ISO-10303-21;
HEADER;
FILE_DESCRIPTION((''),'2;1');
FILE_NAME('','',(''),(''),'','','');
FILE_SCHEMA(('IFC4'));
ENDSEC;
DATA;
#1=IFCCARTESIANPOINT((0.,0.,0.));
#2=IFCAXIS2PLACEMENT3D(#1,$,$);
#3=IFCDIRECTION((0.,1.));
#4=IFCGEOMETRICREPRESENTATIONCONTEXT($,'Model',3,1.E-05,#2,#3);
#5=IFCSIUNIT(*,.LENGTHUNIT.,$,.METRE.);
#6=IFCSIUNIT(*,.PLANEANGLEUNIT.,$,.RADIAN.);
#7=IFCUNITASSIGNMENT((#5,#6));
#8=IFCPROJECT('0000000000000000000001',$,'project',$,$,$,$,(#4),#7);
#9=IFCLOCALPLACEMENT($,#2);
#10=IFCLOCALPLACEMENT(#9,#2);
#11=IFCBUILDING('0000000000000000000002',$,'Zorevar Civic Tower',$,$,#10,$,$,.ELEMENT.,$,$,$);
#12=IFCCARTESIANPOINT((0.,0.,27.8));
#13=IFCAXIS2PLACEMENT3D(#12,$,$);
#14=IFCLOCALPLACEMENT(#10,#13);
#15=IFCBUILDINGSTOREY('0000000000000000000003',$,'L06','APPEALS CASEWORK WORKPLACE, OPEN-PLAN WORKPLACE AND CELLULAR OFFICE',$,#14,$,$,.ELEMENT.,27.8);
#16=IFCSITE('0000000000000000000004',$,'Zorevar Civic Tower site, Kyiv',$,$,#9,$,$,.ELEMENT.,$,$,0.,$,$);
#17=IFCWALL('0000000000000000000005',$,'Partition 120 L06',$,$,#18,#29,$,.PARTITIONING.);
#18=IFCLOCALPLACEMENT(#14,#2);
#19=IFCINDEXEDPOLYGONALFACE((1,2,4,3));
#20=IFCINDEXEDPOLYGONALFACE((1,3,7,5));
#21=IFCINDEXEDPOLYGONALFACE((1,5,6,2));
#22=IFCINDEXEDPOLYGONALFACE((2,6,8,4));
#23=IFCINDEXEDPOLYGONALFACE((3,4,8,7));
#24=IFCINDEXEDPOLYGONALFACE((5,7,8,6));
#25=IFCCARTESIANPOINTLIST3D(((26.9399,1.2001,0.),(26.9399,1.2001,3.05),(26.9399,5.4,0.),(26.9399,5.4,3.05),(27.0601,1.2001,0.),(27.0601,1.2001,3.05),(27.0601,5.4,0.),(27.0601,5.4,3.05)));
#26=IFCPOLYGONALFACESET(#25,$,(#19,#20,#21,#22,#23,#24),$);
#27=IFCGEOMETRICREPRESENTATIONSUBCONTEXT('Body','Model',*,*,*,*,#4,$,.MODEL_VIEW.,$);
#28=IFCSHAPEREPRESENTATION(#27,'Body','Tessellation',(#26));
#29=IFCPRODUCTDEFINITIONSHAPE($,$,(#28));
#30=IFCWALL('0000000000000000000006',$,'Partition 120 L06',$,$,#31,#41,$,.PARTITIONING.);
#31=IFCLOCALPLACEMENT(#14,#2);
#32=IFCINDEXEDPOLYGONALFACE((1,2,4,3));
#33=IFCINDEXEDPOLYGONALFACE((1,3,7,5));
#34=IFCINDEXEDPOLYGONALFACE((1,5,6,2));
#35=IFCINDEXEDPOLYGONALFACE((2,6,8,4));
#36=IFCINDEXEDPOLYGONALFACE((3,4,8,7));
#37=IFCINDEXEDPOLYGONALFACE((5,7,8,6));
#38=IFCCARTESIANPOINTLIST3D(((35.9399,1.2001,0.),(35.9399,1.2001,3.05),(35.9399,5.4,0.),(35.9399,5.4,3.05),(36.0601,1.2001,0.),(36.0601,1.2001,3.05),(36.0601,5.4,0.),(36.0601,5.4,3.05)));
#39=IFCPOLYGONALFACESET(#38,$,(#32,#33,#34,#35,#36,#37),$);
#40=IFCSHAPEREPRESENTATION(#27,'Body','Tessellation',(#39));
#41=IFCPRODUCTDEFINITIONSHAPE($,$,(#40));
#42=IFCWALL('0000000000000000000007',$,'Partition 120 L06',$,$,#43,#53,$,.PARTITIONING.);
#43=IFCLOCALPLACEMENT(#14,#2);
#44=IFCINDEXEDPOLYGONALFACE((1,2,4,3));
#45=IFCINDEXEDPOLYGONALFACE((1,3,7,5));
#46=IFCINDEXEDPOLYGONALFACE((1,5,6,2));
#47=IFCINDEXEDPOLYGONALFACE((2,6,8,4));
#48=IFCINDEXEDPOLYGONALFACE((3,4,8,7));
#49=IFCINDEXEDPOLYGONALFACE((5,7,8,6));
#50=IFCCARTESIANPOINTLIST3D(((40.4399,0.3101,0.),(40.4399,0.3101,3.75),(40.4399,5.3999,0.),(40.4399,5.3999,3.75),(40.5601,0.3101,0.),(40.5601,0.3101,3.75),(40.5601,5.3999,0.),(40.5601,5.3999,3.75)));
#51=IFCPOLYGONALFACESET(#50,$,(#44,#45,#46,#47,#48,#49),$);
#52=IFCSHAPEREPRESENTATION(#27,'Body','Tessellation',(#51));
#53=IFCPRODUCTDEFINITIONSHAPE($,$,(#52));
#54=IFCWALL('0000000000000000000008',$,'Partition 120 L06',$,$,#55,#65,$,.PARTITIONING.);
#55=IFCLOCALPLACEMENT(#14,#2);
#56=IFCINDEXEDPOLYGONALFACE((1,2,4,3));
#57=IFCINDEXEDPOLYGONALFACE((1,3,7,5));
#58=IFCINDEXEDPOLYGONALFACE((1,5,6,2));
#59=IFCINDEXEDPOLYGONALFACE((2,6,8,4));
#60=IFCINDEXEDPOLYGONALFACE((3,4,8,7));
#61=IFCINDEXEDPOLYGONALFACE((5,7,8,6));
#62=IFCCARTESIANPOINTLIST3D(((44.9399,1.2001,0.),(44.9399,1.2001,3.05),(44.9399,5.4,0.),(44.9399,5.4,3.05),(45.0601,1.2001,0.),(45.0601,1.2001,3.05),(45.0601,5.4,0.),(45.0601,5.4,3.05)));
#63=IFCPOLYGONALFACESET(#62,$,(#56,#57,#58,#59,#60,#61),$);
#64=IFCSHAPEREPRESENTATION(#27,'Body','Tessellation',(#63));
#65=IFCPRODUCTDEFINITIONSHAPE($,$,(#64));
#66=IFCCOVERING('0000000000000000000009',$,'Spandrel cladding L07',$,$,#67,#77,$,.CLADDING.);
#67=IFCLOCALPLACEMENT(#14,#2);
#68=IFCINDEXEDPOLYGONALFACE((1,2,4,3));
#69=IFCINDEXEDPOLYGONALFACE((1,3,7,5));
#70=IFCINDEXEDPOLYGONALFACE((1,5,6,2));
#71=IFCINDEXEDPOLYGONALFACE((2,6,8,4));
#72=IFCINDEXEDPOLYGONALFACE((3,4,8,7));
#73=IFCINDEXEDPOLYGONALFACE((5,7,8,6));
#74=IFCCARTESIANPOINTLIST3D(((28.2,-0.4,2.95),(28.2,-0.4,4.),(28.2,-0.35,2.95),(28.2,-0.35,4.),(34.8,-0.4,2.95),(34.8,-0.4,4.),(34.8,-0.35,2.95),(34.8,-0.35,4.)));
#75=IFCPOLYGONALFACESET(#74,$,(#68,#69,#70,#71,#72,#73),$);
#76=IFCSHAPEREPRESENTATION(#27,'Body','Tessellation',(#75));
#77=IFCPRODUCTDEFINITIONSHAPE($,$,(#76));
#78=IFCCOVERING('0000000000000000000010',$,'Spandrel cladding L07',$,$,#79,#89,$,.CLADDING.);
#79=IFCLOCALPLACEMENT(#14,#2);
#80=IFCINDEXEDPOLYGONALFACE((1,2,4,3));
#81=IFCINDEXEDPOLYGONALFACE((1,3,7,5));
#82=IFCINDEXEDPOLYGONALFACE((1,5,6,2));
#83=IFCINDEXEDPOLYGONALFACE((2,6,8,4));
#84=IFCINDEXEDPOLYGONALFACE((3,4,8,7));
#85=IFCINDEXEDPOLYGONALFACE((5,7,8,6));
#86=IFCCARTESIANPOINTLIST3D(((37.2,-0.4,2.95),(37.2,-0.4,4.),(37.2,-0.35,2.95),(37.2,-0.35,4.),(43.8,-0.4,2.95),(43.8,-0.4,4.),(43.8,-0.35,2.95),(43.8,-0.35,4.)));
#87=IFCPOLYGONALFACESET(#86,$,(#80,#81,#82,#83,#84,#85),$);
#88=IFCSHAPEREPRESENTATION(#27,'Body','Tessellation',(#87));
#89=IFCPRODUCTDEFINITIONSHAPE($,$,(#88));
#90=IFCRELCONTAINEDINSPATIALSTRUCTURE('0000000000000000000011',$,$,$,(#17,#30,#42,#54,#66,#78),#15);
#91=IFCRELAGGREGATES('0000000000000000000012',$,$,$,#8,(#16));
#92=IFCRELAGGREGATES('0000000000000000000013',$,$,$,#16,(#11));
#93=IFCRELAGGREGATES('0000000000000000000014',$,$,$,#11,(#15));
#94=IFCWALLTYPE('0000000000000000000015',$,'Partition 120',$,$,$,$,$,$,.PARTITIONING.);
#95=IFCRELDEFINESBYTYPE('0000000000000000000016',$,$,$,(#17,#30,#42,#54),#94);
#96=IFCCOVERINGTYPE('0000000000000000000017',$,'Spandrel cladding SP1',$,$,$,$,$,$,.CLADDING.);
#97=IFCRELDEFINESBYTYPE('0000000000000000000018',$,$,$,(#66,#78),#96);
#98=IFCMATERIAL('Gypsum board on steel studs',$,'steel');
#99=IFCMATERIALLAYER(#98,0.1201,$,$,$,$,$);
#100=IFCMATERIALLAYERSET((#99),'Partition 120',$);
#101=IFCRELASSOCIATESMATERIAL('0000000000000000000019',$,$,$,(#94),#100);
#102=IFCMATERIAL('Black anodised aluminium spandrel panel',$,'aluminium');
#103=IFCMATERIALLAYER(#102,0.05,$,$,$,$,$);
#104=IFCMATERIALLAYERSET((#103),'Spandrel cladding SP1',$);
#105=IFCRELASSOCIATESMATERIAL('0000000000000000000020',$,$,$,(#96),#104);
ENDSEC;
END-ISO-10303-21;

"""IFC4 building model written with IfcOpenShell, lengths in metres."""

from ifc_helpers import new_model, si_unit, direction, frame, frame_2d, origin, place, context, subcontext, project, spatial, rectangle, extrude, material, layer, layer_set, type_object, element, save


model = new_model("IFC4")

# Units and contexts
model_context = context("Model", 3, precision=1e-05, world=origin(), true_north=direction((0.0, 1.0)))
body_context = subcontext(model_context, "Body", "Model", "MODEL_VIEW")
ifc_project = project(units=[si_unit("LENGTHUNIT", "METRE"), si_unit("PLANEANGLEUNIT", "RADIAN")], contexts=[model_context])

# Site, building, storey
site_placement = place(None, origin())
site = spatial("IfcSite", under=ifc_project, at=site_placement, Name="Zorevar Civic Tower site, Kyiv", CompositionType="ELEMENT", RefElevation=0.0)
building_placement = place(site_placement, origin())
building = spatial("IfcBuilding", under=site, at=building_placement, Name="Zorevar Civic Tower", CompositionType="ELEMENT")
storey_placement = place(building_placement, frame((0.0, 0.0, 27.8)))
storey = spatial("IfcBuildingStorey", under=building, at=storey_placement, Name="L06", Description="APPEALS CASEWORK WORKPLACE, OPEN-PLAN WORKPLACE AND CELLULAR OFFICE", CompositionType="ELEMENT", Elevation=27.8)

# Shared definitions
ifc_material_1 = material(Name="Gypsum board on steel studs", Category="steel")
ifc_layer_1 = layer(ifc_material_1, 0.1201)
ifc_layer_set_1 = layer_set([ifc_layer_1], Name="Partition 120")
wall_type = type_object("IfcWallType", Name="Partition 120", PredefinedType="PARTITIONING", material=ifc_layer_set_1)

# Walls
for number, where, z_axis, x_axis, name in (
    (1, (27.0, 1.2, 0.0), (0.0, 0.0, 1.0), (0.0, 1.0, 0.0), "Partition 120 L06"),
    (2, (36.0, 1.2, 0.0), (0.0, 0.0, 1.0), (0.0, 1.0, 0.0), "Partition 120 L06"),
):
    element("IfcWall", number, at=place(storey_placement, frame(where, z_axis=z_axis, x_axis=x_axis)), inside=storey, type_object=wall_type, Name=name, PredefinedType="PARTITIONING", context=body_context, shape_type="SweptSolid", body=[
        extrude(rectangle(XDim=4.2, YDim=0.1201, at=frame_2d((2.1001, 0.0))), origin(), (0.0, 0.0, 1.0), 3.05),
    ])
wall_1_placement = place(storey_placement, frame((40.5, 0.3101, 0.0), z_axis=(0.0, 0.0, 1.0), x_axis=(0.0, 1.0, 0.0)))
element("IfcWall", 3, at=wall_1_placement, inside=storey, type_object=wall_type, Name="Partition 120 L06", PredefinedType="PARTITIONING", context=body_context, shape_type="SweptSolid", body=[
    extrude(rectangle(XDim=5.0898, YDim=0.1201, at=frame_2d((2.5449, 0.0))), origin(), (0.0, 0.0, 1.0), 3.75),
])
wall_2_placement = place(storey_placement, frame((45.0, 1.2, 0.0), z_axis=(0.0, 0.0, 1.0), x_axis=(0.0, 1.0, 0.0)))
element("IfcWall", 4, at=wall_2_placement, inside=storey, type_object=wall_type, Name="Partition 120 L06", PredefinedType="PARTITIONING", context=body_context, shape_type="SweptSolid", body=[
    extrude(rectangle(XDim=4.2, YDim=0.1201, at=frame_2d((2.1001, 0.0))), origin(), (0.0, 0.0, 1.0), 3.05),
])

# Coverings
ifc_material_2 = material(Name="Black anodised aluminium spandrel panel", Category="aluminium")
ifc_layer_2 = layer(ifc_material_2, 0.05)
ifc_layer_set_2 = layer_set([ifc_layer_2], Name="Spandrel cladding SP1")
covering_type = type_object("IfcCoveringType", Name="Spandrel cladding SP1", PredefinedType="CLADDING", material=ifc_layer_set_2)
for number, where, z_axis, x_axis, name in (
    (5, (28.2, -0.375, 2.95), (0.0, 0.0, 1.0), (1.0, 0.0, 0.0), "Spandrel cladding L07"),
    (6, (37.2, -0.375, 2.95), (0.0, 0.0, 1.0), (1.0, 0.0, 0.0), "Spandrel cladding L07"),
):
    element("IfcCovering", number, at=place(storey_placement, frame(where, z_axis=z_axis, x_axis=x_axis)), inside=storey, type_object=covering_type, Name=name, PredefinedType="CLADDING", context=body_context, shape_type="SweptSolid", body=[
        extrude(rectangle(XDim=6.6001, YDim=0.05, at=frame_2d((3.3, 0.0))), origin(), (0.0, 0.0, 1.0), 1.05),
    ])

save(model, "model.ifc")
